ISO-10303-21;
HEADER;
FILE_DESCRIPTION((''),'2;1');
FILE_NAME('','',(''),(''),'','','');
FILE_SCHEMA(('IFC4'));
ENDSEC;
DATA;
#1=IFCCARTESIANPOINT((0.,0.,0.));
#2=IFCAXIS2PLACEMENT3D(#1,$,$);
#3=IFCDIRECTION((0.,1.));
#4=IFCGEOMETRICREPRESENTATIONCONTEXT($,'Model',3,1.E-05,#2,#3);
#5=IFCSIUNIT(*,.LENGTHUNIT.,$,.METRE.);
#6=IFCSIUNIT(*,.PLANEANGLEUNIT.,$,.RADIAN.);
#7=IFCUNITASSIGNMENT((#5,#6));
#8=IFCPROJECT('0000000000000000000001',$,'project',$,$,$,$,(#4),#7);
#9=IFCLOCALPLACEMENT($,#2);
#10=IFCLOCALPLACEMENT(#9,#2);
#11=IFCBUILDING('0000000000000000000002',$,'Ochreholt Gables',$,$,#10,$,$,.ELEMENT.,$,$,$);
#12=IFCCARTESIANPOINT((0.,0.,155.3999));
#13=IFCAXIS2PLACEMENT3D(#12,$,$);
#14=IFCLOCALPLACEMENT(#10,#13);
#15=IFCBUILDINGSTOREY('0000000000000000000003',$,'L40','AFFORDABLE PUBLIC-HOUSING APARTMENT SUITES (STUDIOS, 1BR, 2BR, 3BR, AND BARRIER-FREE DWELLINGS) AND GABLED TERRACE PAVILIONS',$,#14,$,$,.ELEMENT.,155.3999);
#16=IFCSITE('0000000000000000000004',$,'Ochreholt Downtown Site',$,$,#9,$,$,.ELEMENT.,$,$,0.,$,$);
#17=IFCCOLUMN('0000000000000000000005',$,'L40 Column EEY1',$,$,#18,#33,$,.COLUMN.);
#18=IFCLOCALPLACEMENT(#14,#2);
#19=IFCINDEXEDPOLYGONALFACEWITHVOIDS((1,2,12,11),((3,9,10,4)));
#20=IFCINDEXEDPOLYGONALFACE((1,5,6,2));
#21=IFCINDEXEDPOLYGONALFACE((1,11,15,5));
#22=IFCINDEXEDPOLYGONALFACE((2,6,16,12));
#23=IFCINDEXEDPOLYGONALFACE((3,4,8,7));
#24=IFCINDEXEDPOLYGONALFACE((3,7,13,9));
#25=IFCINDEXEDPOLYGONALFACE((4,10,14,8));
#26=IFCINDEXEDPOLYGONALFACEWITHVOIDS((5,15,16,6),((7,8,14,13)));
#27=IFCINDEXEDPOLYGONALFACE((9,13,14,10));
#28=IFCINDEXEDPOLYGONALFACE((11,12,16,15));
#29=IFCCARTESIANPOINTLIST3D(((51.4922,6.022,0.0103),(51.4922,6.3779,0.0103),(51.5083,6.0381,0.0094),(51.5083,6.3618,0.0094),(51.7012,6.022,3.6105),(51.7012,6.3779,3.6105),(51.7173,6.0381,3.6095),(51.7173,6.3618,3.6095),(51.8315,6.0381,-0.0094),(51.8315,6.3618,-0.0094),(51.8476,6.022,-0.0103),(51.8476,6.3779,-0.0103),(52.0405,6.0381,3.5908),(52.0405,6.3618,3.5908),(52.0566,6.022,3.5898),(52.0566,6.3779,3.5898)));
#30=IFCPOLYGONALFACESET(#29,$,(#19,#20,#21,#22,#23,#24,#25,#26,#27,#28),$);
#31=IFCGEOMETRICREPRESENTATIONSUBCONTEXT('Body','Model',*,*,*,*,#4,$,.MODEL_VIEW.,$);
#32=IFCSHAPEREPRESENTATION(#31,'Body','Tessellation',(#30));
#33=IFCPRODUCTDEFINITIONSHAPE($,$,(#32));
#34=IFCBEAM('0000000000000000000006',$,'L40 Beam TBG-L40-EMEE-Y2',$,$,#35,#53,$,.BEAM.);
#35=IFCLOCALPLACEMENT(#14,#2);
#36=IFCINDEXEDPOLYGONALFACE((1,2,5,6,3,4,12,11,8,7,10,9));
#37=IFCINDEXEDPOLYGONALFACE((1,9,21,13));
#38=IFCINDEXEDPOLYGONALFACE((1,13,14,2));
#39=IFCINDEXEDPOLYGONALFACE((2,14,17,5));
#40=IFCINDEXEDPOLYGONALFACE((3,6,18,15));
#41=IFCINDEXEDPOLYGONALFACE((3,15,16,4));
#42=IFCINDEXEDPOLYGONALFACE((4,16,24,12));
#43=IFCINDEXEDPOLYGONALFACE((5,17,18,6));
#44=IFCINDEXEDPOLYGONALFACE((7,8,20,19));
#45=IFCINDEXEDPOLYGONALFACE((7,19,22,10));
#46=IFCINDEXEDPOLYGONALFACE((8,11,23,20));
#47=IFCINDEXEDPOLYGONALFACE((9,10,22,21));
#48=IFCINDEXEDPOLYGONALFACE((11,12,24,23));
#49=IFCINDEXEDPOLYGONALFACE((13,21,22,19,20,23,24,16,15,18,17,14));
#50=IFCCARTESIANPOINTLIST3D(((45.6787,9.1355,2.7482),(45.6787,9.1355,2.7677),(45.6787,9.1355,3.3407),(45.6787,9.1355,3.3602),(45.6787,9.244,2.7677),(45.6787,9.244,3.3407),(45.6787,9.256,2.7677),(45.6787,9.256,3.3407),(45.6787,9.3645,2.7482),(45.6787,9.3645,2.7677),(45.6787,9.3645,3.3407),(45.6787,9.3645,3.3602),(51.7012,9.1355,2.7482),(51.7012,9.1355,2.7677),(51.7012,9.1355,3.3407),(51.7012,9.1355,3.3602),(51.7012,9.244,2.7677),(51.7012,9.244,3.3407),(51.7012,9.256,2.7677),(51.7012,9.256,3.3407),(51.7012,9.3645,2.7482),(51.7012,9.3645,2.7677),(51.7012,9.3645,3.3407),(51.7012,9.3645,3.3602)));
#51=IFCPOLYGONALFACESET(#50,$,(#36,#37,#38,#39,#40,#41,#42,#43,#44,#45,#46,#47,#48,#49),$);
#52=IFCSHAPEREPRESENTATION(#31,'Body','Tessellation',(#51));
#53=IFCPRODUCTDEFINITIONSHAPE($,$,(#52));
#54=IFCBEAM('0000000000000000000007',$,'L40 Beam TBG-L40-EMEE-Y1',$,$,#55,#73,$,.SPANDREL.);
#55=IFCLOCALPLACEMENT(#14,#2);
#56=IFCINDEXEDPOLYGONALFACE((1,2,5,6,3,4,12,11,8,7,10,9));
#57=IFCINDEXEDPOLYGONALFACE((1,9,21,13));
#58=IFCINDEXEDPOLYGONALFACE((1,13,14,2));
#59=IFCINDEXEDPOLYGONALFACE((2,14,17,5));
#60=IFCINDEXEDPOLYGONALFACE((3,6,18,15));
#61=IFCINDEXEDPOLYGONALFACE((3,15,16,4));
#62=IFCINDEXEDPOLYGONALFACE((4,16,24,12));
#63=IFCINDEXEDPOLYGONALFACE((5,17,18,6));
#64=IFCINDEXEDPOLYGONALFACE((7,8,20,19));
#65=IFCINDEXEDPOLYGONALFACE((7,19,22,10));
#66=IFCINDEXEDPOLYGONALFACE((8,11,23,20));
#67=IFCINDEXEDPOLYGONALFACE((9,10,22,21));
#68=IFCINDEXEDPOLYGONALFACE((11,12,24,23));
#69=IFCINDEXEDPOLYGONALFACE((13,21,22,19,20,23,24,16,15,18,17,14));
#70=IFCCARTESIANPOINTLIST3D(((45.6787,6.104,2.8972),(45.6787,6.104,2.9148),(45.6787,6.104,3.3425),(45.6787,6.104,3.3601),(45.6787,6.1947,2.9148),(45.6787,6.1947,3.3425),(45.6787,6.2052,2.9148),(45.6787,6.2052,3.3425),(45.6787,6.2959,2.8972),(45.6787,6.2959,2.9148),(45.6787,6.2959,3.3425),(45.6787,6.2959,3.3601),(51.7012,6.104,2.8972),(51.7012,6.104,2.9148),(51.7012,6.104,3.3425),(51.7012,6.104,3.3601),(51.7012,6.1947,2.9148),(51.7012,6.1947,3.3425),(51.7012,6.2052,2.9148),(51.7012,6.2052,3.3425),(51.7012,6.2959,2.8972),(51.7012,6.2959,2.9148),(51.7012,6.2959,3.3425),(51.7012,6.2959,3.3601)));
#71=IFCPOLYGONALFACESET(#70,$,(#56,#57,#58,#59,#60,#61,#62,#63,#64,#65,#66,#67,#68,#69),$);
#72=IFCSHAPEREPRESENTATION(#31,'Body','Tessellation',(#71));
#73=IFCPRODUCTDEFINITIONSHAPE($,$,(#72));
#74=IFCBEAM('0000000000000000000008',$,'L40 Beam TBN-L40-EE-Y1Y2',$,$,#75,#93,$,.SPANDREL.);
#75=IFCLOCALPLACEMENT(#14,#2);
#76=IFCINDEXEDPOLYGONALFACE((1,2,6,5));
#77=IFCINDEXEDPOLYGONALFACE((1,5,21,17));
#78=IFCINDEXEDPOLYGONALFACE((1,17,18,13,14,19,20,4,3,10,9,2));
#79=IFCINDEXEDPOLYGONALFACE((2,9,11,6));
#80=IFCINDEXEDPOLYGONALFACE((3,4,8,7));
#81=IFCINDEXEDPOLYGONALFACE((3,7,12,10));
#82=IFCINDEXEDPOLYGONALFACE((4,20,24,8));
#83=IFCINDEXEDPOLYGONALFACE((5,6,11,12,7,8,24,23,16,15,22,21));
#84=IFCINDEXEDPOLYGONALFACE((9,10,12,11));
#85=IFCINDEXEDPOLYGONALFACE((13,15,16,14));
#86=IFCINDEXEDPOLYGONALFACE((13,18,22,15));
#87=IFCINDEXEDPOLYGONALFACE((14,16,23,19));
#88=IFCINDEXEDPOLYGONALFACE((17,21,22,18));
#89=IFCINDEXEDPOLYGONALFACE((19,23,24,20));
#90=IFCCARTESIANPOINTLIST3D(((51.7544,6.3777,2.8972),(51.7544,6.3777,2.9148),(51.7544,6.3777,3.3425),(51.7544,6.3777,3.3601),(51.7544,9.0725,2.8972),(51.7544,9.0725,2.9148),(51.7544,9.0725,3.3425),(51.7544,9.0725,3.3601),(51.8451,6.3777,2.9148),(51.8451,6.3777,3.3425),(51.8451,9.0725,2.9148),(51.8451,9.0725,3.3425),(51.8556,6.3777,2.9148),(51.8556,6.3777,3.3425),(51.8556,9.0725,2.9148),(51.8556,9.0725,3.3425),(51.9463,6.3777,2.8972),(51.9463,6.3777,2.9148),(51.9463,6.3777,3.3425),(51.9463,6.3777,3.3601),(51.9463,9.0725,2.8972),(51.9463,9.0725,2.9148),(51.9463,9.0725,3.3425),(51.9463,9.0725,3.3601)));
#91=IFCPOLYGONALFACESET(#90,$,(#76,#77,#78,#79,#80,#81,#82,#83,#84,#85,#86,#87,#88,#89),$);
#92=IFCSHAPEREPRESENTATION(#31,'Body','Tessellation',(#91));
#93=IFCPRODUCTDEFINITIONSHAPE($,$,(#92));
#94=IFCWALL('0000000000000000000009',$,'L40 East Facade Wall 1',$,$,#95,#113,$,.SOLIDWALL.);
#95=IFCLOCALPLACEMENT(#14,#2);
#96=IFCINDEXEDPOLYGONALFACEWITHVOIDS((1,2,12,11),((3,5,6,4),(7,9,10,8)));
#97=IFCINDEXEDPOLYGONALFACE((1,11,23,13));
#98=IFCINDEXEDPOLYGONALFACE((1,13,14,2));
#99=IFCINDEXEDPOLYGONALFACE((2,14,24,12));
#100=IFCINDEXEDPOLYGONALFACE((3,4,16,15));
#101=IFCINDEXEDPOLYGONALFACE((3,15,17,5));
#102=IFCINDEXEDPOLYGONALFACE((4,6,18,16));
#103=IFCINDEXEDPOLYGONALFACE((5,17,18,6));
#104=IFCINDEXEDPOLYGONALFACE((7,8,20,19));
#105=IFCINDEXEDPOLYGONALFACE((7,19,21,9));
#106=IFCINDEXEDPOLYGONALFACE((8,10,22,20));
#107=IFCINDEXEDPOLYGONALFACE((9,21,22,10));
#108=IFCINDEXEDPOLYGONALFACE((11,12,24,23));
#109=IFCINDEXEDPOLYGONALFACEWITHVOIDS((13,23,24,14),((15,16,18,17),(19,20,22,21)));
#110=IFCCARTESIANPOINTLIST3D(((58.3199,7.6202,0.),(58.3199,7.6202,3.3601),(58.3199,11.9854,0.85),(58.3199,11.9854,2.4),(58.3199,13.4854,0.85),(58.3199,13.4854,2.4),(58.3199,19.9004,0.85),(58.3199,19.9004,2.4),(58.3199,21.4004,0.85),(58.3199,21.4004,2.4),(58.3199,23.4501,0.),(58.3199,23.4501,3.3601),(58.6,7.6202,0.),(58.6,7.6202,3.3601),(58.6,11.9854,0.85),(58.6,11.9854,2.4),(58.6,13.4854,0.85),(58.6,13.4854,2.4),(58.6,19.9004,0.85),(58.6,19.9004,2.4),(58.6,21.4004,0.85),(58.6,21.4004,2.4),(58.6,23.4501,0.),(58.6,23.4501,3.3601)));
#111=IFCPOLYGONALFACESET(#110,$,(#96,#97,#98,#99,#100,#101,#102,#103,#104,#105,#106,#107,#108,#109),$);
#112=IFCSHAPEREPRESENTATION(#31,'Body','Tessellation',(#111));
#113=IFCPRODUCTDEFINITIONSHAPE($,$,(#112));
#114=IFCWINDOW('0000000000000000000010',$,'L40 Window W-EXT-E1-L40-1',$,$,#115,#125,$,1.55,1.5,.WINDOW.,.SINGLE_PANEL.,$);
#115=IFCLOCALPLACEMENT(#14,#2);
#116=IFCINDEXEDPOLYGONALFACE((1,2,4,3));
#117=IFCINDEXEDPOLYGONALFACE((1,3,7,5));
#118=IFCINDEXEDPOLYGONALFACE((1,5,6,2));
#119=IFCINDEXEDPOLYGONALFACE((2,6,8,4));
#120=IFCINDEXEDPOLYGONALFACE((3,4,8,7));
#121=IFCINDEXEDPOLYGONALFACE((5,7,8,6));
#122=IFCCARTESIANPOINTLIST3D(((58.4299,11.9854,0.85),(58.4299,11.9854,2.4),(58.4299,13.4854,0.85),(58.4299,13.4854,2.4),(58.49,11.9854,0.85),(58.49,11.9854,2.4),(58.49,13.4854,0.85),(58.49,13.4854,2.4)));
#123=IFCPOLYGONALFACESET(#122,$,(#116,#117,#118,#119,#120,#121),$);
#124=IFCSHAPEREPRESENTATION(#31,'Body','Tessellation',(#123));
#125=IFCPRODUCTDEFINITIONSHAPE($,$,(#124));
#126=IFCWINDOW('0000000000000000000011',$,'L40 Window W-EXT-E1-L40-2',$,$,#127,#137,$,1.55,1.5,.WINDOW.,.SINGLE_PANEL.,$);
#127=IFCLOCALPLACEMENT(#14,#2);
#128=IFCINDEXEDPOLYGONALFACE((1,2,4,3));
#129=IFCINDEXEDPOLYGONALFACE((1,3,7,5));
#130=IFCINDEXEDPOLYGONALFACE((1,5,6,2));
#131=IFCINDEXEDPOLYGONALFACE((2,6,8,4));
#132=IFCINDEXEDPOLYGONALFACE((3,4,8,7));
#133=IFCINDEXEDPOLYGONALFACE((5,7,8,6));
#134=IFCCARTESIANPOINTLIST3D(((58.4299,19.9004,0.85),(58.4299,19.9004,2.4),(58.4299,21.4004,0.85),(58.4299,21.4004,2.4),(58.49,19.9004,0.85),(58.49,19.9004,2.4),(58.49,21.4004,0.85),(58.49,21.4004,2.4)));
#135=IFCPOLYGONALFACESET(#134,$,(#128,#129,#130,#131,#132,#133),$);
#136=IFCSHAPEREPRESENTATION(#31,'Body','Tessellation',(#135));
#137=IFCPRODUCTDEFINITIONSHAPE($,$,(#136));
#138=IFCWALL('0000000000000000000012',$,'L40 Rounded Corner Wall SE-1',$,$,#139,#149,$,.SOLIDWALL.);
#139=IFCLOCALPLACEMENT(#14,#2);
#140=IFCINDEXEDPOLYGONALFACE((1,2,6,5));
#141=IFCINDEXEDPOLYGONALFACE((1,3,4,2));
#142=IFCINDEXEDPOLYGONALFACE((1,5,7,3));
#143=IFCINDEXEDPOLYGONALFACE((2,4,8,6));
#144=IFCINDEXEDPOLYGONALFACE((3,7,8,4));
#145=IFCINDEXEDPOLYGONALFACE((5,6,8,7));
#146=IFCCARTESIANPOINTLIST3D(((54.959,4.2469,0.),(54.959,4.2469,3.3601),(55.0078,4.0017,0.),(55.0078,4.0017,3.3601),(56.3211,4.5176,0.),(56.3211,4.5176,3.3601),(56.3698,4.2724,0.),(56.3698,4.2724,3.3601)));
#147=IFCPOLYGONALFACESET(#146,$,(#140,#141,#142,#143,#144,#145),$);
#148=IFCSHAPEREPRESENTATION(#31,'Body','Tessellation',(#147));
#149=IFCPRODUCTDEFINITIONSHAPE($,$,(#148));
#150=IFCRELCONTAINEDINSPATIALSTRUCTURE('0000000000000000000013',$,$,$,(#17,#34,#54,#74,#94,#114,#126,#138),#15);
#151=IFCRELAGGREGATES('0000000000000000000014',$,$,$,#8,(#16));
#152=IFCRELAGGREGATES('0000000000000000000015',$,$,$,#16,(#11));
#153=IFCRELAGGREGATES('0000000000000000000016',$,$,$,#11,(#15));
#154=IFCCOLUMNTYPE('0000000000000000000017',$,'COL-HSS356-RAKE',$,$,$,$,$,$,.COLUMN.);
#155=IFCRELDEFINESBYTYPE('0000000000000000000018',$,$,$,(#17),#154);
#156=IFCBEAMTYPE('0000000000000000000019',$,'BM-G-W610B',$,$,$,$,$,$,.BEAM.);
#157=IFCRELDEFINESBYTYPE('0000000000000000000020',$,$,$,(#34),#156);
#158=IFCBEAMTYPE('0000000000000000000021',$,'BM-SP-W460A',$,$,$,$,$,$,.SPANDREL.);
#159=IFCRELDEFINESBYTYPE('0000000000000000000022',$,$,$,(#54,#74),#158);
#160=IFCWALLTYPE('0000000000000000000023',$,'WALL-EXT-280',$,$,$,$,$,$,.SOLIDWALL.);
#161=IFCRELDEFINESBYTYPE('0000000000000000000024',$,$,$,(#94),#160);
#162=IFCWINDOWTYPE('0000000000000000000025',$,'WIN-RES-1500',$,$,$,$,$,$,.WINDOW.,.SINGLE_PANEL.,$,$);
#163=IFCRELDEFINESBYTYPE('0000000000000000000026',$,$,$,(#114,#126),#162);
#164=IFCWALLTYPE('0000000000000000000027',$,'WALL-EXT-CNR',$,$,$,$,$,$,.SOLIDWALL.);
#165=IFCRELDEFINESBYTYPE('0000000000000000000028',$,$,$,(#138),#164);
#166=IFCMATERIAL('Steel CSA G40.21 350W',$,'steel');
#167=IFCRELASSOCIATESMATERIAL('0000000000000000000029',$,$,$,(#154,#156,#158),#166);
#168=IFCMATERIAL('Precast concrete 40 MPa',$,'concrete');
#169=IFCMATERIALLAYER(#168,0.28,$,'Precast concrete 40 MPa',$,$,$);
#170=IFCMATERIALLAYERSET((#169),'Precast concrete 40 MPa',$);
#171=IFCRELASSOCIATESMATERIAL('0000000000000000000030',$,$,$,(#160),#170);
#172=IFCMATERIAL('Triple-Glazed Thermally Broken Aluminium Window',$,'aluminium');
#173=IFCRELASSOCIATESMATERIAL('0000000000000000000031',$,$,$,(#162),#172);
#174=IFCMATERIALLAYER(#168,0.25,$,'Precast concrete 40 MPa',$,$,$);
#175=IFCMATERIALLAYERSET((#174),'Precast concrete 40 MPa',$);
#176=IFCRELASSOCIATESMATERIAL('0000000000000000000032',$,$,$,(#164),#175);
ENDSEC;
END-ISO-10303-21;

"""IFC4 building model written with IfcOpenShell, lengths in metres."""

from ifc_helpers import new_model, si_unit, direction, frame, frame_2d, origin, origin_2d, place, context, subcontext, project, spatial, rectangle, hollow_rectangle, i_section, extrude, material, layer, layer_set, material_profile, profile_set, type_object, element, fill, save


model = new_model("IFC4")

# Units and contexts
model_context = context("Model", 3, precision=1e-05, world=origin(), true_north=direction((0.0, 1.0)))
body_context = subcontext(model_context, "Body", "Model", "MODEL_VIEW")
ifc_project = project(units=[si_unit("LENGTHUNIT", "METRE"), si_unit("PLANEANGLEUNIT", "RADIAN")], contexts=[model_context])

# Site, building, storey
site_placement = place(None, origin())
site = spatial("IfcSite", under=ifc_project, at=site_placement, Name="Ochreholt Downtown Site", CompositionType="ELEMENT", RefElevation=0.0)
building_placement = place(site_placement, origin())
building = spatial("IfcBuilding", under=site, at=building_placement, Name="Ochreholt Gables", CompositionType="ELEMENT")
storey_placement = place(building_placement, frame((0.0, 0.0, 155.3999)))
storey = spatial("IfcBuildingStorey", under=building, at=storey_placement, Name="L40", Description="AFFORDABLE PUBLIC-HOUSING APARTMENT SUITES (STUDIOS, 1BR, 2BR, 3BR, AND BARRIER-FREE DWELLINGS) AND GABLED TERRACE PAVILIONS", CompositionType="ELEMENT", Elevation=155.3999)

# Column
ifc_material_1 = material(Name="Steel CSA G40.21 350W", Category="steel")
ifc_material_profile_1 = material_profile(ifc_material_1, hollow_rectangle(XDim=0.356, YDim=0.356, WallThickness=0.0161, at=origin_2d()), Name="HSS356X356X16")
ifc_profile_set_1 = profile_set([ifc_material_profile_1], Name="Steel CSA G40.21 350W")
column_type = type_object("IfcColumnType", Name="COL-HSS356-RAKE", PredefinedType="COLUMN", material=ifc_profile_set_1)
column_placement = place(storey_placement, frame((51.6699, 6.2, 0.0), z_axis=(0.057952, 0.0, 0.998319), x_axis=(0.0, 1.0, 0.0)))
element("IfcColumn", 1, at=column_placement, inside=storey, type_object=column_type, Name="L40 Column EEY1", PredefinedType="COLUMN", context=body_context, shape_type="SweptSolid", body=[
    extrude(hollow_rectangle(XDim=0.356, YDim=0.356, WallThickness=0.0161, at=origin_2d()), origin(), (0.0, 0.0, 1.0), 3.6062),
])

# Beams
ifc_material_profile_2 = material_profile(ifc_material_1, i_section(OverallWidth=0.229, OverallDepth=0.6121, WebThickness=0.012, FlangeThickness=0.0195, at=origin_2d()), Name="W610X125")
ifc_profile_set_2 = profile_set([ifc_material_profile_2], Name="Steel CSA G40.21 350W")
beam_type_1 = type_object("IfcBeamType", Name="BM-G-W610B", PredefinedType="BEAM", material=ifc_profile_set_2)
beam_1_placement = place(storey_placement, frame((45.6787, 9.25, 3.0542), z_axis=(1.0, 0.0, 0.0), x_axis=(0.0, 1.0, 0.0)))
element("IfcBeam", 2, at=beam_1_placement, inside=storey, type_object=beam_type_1, Name="L40 Beam TBG-L40-EMEE-Y2", PredefinedType="BEAM", context=body_context, shape_type="SweptSolid", body=[
    extrude(i_section(OverallWidth=0.229, OverallDepth=0.6121, WebThickness=0.012, FlangeThickness=0.0195, at=origin_2d()), origin(), (0.0, 0.0, 1.0), 6.0225),
])
ifc_material_profile_3 = material_profile(ifc_material_1, i_section(OverallWidth=0.1919, OverallDepth=0.4629, WebThickness=0.0105, FlangeThickness=0.0176, at=origin_2d()), Name="W460X89")
ifc_profile_set_3 = profile_set([ifc_material_profile_3], Name="Steel CSA G40.21 350W")
beam_type_2 = type_object("IfcBeamType", Name="BM-SP-W460A", PredefinedType="SPANDREL", material=ifc_profile_set_3)
beam_2_placement = place(storey_placement, frame((45.6787, 6.2, 3.1287), z_axis=(1.0, 0.0, 0.0), x_axis=(0.0, 1.0, 0.0)))
element("IfcBeam", 3, at=beam_2_placement, inside=storey, type_object=beam_type_2, Name="L40 Beam TBG-L40-EMEE-Y1", PredefinedType="SPANDREL", context=body_context, shape_type="SweptSolid", body=[
    extrude(i_section(OverallWidth=0.1919, OverallDepth=0.4629, WebThickness=0.0105, FlangeThickness=0.0176, at=origin_2d()), origin(), (0.0, 0.0, 1.0), 6.0225),
])
beam_3_placement = place(storey_placement, frame((51.8503, 6.3777, 3.1287), z_axis=(0.0, 1.0, 0.0), x_axis=(-1.0, 0.0, 0.0)))
element("IfcBeam", 4, at=beam_3_placement, inside=storey, type_object=beam_type_2, Name="L40 Beam TBN-L40-EE-Y1Y2", PredefinedType="SPANDREL", context=body_context, shape_type="SweptSolid", body=[
    extrude(i_section(OverallWidth=0.1919, OverallDepth=0.4629, WebThickness=0.0105, FlangeThickness=0.0176, at=origin_2d()), origin(), (0.0, 0.0, 1.0), 2.6948),
])

# Wall, openings, windows
ifc_material_2 = material(Name="Precast concrete 40 MPa", Category="concrete")
ifc_layer_1 = layer(ifc_material_2, 0.28, Name="Precast concrete 40 MPa")
ifc_layer_set_1 = layer_set([ifc_layer_1], Name="Precast concrete 40 MPa")
wall_type_1 = type_object("IfcWallType", Name="WALL-EXT-280", PredefinedType="SOLIDWALL", material=ifc_layer_set_1)
wall_1_placement = place(storey_placement, frame((58.46, 7.6201, 0.0), z_axis=(0.0, 0.0, 1.0), x_axis=(0.0, 1.0, 0.0)))
wall_1 = element("IfcWall", 5, at=wall_1_placement, inside=storey, type_object=wall_type_1, Name="L40 East Facade Wall 1", PredefinedType="SOLIDWALL", context=body_context, shape_type="SweptSolid", body=[
    extrude(rectangle(XDim=15.8298, YDim=0.28, at=frame_2d((7.915, 0.0))), origin(), (0.0, 0.0, 1.0), 3.3601),
])
opening_1_placement = place(wall_1_placement, frame((4.3652, 0.0, 0.8501)))
opening_1 = element("IfcOpeningElement", 6, at=opening_1_placement, cuts=wall_1, PredefinedType="OPENING", context=body_context, shape_type="SweptSolid", body=[
    extrude(rectangle(XDim=1.5, YDim=1.55, at=frame_2d((0.75, 0.7749))), frame((0.0, 0.1499, 0.0), z_axis=(0.0, -1.0, 0.0), x_axis=(1.0, 0.0, 0.0)), (0.0, 0.0, 1.0), 0.3),
])
opening_2_placement = place(wall_1_placement, frame((12.2803, 0.0, 0.8501)))
opening_2 = element("IfcOpeningElement", 7, at=opening_2_placement, cuts=wall_1, PredefinedType="OPENING", context=body_context, shape_type="SweptSolid", body=[
    extrude(rectangle(XDim=1.5, YDim=1.55, at=frame_2d((0.75, 0.7749))), frame((0.0, 0.1499, 0.0), z_axis=(0.0, -1.0, 0.0), x_axis=(1.0, 0.0, 0.0)), (0.0, 0.0, 1.0), 0.3),
])
ifc_material_3 = material(Name="Triple-Glazed Thermally Broken Aluminium Window", Category="aluminium")
window_type_1 = type_object("IfcWindowType", Name="WIN-RES-1500", PartitioningType="SINGLE_PANEL", PredefinedType="WINDOW", material=ifc_material_3)
window_1_placement = place(opening_1_placement, origin())
window_1 = element("IfcWindow", 8, at=window_1_placement, inside=storey, type_object=window_type_1, Name="L40 Window W-EXT-E1-L40-1", OverallHeight=1.55, OverallWidth=1.5, PartitioningType="SINGLE_PANEL", PredefinedType="WINDOW", context=body_context, shape_type="SweptSolid", body=[
    extrude(rectangle(XDim=1.5, YDim=1.55, at=frame_2d((0.75, 0.7749))), frame((0.0, 0.03, 0.0), z_axis=(0.0, -1.0, 0.0), x_axis=(1.0, 0.0, 0.0)), (0.0, 0.0, 1.0), 0.0601),
])
fill(opening_1, window_1)
window_2_placement = place(opening_2_placement, origin())
window_2 = element("IfcWindow", 9, at=window_2_placement, inside=storey, type_object=window_type_1, Name="L40 Window W-EXT-E1-L40-2", OverallHeight=1.55, OverallWidth=1.5, PartitioningType="SINGLE_PANEL", PredefinedType="WINDOW", context=body_context, shape_type="SweptSolid", body=[
    extrude(rectangle(XDim=1.5, YDim=1.55, at=frame_2d((0.75, 0.7749))), frame((0.0, 0.03, 0.0), z_axis=(0.0, -1.0, 0.0), x_axis=(1.0, 0.0, 0.0)), (0.0, 0.0, 1.0), 0.0601),
])
fill(opening_2, window_2)

# Wall
ifc_layer_2 = layer(ifc_material_2, 0.25, Name="Precast concrete 40 MPa")
ifc_layer_set_2 = layer_set([ifc_layer_2], Name="Precast concrete 40 MPa")
wall_type_2 = type_object("IfcWallType", Name="WALL-EXT-CNR", PredefinedType="SOLIDWALL", material=ifc_layer_set_2)
wall_2_placement = place(storey_placement, frame((54.9834, 4.1243, 0.0), z_axis=(0.0, 0.0, 1.0), x_axis=(0.98081, 0.194967, 0.0)))
element("IfcWall", 10, at=wall_2_placement, inside=storey, type_object=wall_type_2, Name="L40 Rounded Corner Wall SE-1", PredefinedType="SOLIDWALL", context=body_context, shape_type="SweptSolid", body=[
    extrude(rectangle(XDim=1.3887, YDim=0.25, at=frame_2d((0.6943, 0.0))), origin(), (0.0, 0.0, 1.0), 3.3601),
])

save(model, "model.ifc")
